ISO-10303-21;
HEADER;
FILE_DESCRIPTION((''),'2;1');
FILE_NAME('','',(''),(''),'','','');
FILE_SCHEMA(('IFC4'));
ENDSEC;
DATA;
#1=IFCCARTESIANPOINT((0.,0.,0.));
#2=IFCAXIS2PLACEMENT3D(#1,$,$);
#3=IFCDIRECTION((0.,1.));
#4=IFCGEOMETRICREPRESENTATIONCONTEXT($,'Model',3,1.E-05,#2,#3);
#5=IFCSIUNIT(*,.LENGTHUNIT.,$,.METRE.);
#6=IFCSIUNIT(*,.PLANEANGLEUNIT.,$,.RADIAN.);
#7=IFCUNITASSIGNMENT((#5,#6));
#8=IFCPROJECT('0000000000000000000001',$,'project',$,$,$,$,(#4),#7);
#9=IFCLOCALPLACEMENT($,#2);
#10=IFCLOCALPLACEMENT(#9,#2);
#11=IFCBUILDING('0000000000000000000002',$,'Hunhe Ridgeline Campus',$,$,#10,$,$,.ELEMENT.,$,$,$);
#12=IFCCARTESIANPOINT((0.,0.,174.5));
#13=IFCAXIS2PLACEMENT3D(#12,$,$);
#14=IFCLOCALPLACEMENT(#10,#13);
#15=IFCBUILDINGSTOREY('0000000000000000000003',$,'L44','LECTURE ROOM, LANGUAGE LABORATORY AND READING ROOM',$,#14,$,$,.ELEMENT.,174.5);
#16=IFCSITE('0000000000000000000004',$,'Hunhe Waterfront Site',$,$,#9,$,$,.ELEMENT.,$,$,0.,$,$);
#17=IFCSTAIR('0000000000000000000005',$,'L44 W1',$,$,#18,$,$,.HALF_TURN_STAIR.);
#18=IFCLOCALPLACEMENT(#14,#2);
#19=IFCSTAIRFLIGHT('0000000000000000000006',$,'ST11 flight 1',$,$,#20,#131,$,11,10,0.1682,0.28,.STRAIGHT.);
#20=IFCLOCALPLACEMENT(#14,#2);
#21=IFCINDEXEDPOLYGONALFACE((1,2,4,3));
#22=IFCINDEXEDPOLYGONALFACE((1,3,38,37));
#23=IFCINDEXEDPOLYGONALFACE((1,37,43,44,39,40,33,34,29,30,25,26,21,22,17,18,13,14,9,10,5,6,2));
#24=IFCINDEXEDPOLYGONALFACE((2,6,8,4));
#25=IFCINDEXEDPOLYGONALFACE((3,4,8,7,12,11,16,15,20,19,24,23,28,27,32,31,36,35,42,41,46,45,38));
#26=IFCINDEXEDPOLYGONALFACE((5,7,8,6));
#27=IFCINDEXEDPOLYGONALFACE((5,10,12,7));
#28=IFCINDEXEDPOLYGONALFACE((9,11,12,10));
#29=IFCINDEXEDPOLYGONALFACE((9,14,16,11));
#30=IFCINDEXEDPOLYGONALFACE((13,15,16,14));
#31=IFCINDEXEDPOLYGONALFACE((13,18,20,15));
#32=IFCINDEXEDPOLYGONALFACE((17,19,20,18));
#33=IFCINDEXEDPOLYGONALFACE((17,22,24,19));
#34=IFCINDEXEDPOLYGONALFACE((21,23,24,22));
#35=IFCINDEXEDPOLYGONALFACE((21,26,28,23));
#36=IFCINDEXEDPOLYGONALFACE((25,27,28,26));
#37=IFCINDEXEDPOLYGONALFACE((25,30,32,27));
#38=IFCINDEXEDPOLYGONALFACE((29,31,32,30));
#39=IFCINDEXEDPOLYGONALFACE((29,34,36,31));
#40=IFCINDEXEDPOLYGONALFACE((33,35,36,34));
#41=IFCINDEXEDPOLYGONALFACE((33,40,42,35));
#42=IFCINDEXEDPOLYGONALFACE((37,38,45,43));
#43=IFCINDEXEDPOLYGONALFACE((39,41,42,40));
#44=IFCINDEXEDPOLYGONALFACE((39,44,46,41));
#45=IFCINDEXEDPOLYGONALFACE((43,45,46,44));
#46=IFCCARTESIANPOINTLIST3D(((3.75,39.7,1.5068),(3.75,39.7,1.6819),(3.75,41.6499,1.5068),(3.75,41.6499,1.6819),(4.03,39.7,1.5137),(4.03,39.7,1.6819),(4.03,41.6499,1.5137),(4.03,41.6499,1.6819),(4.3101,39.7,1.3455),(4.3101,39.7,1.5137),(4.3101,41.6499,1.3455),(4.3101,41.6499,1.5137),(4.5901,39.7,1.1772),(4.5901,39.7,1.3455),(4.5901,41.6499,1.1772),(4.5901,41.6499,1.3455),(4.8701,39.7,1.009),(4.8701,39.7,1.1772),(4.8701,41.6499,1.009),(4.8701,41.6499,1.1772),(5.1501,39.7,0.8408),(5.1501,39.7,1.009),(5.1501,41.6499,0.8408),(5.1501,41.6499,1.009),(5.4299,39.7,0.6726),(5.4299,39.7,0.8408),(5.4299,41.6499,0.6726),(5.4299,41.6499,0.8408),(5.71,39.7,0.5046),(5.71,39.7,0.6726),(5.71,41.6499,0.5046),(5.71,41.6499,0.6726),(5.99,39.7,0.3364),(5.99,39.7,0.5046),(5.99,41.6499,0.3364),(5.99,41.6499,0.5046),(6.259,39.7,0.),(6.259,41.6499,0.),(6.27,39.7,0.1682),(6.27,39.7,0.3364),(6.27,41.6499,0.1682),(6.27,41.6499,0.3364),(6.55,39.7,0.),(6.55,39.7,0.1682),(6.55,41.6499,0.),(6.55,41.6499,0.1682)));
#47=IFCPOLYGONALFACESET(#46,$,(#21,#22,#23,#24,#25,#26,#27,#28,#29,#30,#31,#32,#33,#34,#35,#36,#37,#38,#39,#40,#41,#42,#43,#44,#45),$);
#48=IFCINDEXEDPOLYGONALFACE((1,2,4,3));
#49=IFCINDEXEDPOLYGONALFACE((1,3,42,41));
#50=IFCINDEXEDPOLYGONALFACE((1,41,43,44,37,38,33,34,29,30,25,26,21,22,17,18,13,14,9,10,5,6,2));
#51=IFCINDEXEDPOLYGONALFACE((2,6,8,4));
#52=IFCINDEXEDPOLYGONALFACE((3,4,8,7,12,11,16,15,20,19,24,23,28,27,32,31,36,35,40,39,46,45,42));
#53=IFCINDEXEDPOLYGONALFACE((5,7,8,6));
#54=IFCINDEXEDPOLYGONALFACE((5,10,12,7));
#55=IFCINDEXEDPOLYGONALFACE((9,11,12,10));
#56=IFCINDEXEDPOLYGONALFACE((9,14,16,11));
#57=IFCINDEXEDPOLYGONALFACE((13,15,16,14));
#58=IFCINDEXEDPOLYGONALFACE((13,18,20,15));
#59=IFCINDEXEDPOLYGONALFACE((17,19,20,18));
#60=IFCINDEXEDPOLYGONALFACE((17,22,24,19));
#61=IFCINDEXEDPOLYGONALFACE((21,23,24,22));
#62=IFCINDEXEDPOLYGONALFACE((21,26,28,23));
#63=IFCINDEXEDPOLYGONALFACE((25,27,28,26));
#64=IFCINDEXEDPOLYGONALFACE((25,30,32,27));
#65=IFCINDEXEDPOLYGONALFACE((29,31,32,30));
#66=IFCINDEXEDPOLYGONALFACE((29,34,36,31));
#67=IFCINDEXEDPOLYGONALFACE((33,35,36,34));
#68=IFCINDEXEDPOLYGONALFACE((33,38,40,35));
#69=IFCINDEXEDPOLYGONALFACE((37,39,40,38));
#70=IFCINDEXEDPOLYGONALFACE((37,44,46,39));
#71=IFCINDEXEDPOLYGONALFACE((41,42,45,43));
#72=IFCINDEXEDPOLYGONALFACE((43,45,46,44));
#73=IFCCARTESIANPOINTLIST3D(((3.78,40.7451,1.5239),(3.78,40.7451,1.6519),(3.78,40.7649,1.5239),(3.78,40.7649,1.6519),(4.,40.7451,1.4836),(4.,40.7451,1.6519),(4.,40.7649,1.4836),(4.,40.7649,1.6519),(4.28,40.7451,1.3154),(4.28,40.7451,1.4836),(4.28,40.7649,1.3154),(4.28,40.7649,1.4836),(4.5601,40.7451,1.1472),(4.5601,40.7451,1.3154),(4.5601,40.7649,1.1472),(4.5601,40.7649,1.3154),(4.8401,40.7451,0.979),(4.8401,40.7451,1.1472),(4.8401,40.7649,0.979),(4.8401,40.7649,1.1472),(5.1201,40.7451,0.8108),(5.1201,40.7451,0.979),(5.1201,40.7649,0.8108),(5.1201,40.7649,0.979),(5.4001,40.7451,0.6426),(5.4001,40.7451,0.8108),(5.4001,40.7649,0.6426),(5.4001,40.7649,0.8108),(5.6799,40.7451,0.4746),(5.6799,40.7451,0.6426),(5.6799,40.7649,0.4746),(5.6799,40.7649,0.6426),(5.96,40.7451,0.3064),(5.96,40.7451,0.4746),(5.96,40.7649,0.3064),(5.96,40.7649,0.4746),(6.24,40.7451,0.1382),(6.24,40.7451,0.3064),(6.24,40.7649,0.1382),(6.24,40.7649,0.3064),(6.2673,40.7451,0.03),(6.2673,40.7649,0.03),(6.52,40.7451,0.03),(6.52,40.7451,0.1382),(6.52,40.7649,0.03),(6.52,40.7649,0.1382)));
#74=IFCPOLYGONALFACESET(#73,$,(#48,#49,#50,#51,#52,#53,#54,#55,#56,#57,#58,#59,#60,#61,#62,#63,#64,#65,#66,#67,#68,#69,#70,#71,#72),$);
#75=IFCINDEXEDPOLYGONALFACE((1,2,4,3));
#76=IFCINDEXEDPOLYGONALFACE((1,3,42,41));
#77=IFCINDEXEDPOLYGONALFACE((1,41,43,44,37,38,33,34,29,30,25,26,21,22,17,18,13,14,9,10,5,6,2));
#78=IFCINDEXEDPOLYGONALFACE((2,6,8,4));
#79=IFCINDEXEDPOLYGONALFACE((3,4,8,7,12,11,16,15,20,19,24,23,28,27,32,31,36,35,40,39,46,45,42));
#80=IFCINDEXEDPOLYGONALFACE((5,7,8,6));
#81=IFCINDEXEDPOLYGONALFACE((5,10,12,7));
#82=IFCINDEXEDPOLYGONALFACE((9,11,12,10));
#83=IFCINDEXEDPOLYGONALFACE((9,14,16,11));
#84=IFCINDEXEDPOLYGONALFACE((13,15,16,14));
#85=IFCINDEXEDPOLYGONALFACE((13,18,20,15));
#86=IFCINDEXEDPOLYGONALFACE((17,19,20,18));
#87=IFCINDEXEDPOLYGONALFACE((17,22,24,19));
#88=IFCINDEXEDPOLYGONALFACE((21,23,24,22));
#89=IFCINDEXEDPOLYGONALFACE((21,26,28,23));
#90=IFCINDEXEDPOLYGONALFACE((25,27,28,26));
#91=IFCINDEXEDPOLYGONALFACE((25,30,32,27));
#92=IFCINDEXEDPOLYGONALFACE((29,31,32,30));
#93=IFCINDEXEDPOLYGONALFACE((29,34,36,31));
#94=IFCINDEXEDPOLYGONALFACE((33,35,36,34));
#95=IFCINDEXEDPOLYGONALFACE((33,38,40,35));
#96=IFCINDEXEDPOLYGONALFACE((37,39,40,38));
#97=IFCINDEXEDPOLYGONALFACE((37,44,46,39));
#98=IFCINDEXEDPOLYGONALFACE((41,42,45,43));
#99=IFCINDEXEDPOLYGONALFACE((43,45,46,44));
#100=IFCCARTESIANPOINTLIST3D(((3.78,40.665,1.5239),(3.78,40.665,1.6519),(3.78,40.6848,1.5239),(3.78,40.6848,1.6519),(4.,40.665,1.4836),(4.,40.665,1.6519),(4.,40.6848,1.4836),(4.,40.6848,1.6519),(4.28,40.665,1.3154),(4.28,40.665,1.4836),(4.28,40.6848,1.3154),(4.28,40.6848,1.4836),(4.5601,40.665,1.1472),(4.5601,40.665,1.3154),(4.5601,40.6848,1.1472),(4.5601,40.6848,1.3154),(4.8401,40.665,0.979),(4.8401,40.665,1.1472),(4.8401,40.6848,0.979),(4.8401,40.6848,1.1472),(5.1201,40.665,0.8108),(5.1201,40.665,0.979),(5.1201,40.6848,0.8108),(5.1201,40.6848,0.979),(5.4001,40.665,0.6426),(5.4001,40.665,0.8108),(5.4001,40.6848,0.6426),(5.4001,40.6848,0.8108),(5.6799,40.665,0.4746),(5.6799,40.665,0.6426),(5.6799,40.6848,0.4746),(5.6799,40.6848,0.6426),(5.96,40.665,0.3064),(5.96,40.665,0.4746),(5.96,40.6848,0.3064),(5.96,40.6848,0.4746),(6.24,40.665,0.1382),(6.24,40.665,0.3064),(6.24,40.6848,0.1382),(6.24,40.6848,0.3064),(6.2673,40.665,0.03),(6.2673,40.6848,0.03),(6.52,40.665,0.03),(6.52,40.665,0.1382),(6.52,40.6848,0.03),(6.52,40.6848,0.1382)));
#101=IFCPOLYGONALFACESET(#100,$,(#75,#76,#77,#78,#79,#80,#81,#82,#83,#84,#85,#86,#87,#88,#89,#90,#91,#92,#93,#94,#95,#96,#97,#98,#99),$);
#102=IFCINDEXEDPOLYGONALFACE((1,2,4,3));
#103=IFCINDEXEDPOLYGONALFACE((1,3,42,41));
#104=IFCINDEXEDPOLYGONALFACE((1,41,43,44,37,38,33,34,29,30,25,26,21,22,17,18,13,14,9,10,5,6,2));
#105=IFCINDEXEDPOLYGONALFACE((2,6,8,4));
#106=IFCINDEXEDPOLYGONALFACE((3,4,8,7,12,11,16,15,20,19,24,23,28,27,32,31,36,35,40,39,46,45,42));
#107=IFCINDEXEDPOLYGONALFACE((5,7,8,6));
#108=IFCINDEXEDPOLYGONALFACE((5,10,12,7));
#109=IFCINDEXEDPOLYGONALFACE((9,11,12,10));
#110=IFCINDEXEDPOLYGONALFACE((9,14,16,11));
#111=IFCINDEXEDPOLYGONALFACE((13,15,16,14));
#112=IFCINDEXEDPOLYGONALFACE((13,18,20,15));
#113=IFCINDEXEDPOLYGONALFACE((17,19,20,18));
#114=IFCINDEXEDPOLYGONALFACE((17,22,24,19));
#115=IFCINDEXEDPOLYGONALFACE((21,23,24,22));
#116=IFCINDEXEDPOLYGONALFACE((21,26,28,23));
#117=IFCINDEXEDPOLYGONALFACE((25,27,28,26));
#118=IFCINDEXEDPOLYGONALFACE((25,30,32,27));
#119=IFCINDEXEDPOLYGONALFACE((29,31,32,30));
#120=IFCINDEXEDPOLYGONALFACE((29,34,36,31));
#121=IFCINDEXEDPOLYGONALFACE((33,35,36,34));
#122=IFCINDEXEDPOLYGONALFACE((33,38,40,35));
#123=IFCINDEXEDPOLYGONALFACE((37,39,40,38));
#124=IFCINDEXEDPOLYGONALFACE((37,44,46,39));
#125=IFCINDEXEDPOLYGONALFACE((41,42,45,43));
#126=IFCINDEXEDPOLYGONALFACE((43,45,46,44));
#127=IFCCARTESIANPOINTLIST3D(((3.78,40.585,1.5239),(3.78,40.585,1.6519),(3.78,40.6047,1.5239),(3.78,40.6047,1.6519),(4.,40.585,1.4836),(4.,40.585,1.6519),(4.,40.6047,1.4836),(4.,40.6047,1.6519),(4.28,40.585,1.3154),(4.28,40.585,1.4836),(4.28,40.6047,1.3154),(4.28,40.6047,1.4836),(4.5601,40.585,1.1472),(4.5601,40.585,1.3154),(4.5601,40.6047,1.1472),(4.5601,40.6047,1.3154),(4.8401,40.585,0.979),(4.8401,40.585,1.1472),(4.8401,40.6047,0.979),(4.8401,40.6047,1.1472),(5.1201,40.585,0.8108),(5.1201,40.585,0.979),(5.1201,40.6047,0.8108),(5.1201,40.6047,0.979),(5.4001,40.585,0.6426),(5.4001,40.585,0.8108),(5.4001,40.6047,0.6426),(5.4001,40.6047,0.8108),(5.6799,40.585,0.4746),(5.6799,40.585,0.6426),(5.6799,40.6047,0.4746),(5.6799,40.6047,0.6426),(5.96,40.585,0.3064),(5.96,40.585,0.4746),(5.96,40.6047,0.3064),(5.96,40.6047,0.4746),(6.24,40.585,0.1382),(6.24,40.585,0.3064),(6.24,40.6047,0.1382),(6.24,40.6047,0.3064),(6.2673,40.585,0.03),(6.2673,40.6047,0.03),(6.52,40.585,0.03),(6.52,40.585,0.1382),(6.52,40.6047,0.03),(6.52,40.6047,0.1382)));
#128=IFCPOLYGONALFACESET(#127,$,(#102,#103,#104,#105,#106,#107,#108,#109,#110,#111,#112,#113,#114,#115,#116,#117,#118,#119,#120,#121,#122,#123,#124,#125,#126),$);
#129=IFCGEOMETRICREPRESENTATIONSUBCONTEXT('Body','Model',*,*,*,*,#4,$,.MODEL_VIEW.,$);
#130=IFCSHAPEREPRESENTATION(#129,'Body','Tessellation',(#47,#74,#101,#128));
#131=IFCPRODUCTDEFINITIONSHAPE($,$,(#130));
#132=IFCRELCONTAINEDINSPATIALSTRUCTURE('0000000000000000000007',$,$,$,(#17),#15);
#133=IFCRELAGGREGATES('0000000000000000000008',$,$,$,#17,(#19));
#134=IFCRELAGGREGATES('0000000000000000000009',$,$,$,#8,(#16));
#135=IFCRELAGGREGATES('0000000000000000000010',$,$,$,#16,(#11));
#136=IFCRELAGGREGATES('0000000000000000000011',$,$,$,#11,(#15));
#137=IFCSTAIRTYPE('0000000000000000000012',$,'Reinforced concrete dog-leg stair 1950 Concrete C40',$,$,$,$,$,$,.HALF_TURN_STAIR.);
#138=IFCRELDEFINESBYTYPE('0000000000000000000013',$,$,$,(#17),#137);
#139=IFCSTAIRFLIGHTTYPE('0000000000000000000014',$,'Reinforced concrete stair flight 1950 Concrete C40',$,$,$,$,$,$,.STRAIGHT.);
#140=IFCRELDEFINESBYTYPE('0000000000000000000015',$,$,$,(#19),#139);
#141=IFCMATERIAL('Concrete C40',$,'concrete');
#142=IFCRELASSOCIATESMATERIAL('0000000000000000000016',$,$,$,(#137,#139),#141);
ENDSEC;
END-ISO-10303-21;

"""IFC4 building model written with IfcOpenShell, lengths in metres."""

from ifc_helpers import new_model, si_unit, direction, frame, origin, place, context, subcontext, project, spatial, polyline, outline, extrude, material, type_object, element, aggregate, save


model = new_model("IFC4")

# Units and contexts
model_context = context("Model", 3, precision=1e-05, world=origin(), true_north=direction((0.0, 1.0)))
body_context = subcontext(model_context, "Body", "Model", "MODEL_VIEW")
ifc_project = project(units=[si_unit("LENGTHUNIT", "METRE"), si_unit("PLANEANGLEUNIT", "RADIAN")], contexts=[model_context])

# Site, building, storey
site_placement = place(None, origin())
site = spatial("IfcSite", under=ifc_project, at=site_placement, Name="Hunhe Waterfront Site", CompositionType="ELEMENT", RefElevation=0.0)
building_placement = place(site_placement, origin())
building = spatial("IfcBuilding", under=site, at=building_placement, Name="Hunhe Ridgeline Campus", CompositionType="ELEMENT")
storey_placement = place(building_placement, frame((0.0, 0.0, 174.5)))
storey = spatial("IfcBuildingStorey", under=building, at=storey_placement, Name="L44", Description="LECTURE ROOM, LANGUAGE LABORATORY AND READING ROOM", CompositionType="ELEMENT", Elevation=174.5)

# Shared definitions
ifc_material_1 = material(Name="Concrete C40", Category="concrete")
stair_type = type_object("IfcStairType", Name="Reinforced concrete dog-leg stair 1950 Concrete C40", PredefinedType="HALF_TURN_STAIR", material=ifc_material_1)
stair_flight_type = type_object("IfcStairFlightType", Name="Reinforced concrete stair flight 1950 Concrete C40", PredefinedType="STRAIGHT", material=ifc_material_1)

# Stair, stair flight
stair_1_placement = place(storey_placement, origin())
stair_1 = element("IfcStair", 1, at=stair_1_placement, inside=storey, type_object=stair_type, Name="L44 W1", PredefinedType="HALF_TURN_STAIR")
stair_flight_1_placement = place(storey_placement, frame((6.55, 40.675, 0.0), z_axis=(0.0, 0.0, 1.0), x_axis=(-1.0, 0.0, 0.0)))
stair_flight_1 = element("IfcStairFlight", 2, at=stair_flight_1_placement, type_object=stair_flight_type, Name="ST11 flight 1", NumberOfRisers=11, NumberOfTreads=10, PredefinedType="STRAIGHT", RiserHeight=0.1682, TreadLength=0.28, context=body_context, shape_type="SweptSolid", body=[
    extrude(outline(polyline([(0.0, 0.0), (0.0, 0.1682), (0.28, 0.1682), (0.28, 0.3364), (0.5601, 0.3364), (0.5601, 0.5046), (0.8401, 0.5046), (0.8401, 0.6726), (1.1201, 0.6726), (1.1201, 0.8408), (1.3999, 0.8408), (1.3999, 1.009), (1.6799, 1.009), (1.6799, 1.1772), (1.96, 1.1772), (1.96, 1.3455), (2.24, 1.3455), (2.24, 1.5137), (2.52, 1.5137), (2.52, 1.6819), (2.8, 1.6819), (2.8, 1.8501), (2.8, 1.5068), (0.291, 0.0), (0.0, 0.0)])), frame((0.0, 0.9751, 0.0), z_axis=(0.0, -1.0, 0.0), x_axis=(1.0, 0.0, 0.0)), (0.0, 0.0, 1.0), 1.95),
    extrude(outline(polyline([(0.03, 0.03), (0.03, 0.1382), (0.3101, 0.1382), (0.3101, 0.3064), (0.5901, 0.3064), (0.5901, 0.4746), (0.8701, 0.4746), (0.8701, 0.6426), (1.1499, 0.6426), (1.1499, 0.8108), (1.4299, 0.8108), (1.4299, 0.979), (1.71, 0.979), (1.71, 1.1472), (1.99, 1.1472), (1.99, 1.3154), (2.27, 1.3154), (2.27, 1.4836), (2.55, 1.4836), (2.55, 1.6519), (2.77, 1.6519), (2.77, 1.5239), (0.2827, 0.03), (0.03, 0.03)])), frame((0.0, -0.0701, 0.0), z_axis=(0.0, -1.0, 0.0), x_axis=(1.0, 0.0, 0.0)), (0.0, 0.0, 1.0), 0.0198),
    extrude(outline(polyline([(0.03, 0.03), (0.03, 0.1382), (0.3101, 0.1382), (0.3101, 0.3064), (0.5901, 0.3064), (0.5901, 0.4746), (0.8701, 0.4746), (0.8701, 0.6426), (1.1499, 0.6426), (1.1499, 0.8108), (1.4299, 0.8108), (1.4299, 0.979), (1.71, 0.979), (1.71, 1.1472), (1.99, 1.1472), (1.99, 1.3154), (2.27, 1.3154), (2.27, 1.4836), (2.55, 1.4836), (2.55, 1.6519), (2.77, 1.6519), (2.77, 1.5239), (0.2827, 0.03), (0.03, 0.03)])), frame((0.0, 0.01, 0.0), z_axis=(0.0, -1.0, 0.0), x_axis=(1.0, 0.0, 0.0)), (0.0, 0.0, 1.0), 0.0198),
    extrude(outline(polyline([(0.03, 0.03), (0.03, 0.1382), (0.3101, 0.1382), (0.3101, 0.3064), (0.5901, 0.3064), (0.5901, 0.4746), (0.8701, 0.4746), (0.8701, 0.6426), (1.1499, 0.6426), (1.1499, 0.8108), (1.4299, 0.8108), (1.4299, 0.979), (1.71, 0.979), (1.71, 1.1472), (1.99, 1.1472), (1.99, 1.3154), (2.27, 1.3154), (2.27, 1.4836), (2.55, 1.4836), (2.55, 1.6519), (2.77, 1.6519), (2.77, 1.5239), (0.2827, 0.03), (0.03, 0.03)])), frame((0.0, 0.0901, 0.0), z_axis=(0.0, -1.0, 0.0), x_axis=(1.0, 0.0, 0.0)), (0.0, 0.0, 1.0), 0.0198),
])
aggregate(stair_1, [stair_flight_1])

save(model, "model.ifc")
